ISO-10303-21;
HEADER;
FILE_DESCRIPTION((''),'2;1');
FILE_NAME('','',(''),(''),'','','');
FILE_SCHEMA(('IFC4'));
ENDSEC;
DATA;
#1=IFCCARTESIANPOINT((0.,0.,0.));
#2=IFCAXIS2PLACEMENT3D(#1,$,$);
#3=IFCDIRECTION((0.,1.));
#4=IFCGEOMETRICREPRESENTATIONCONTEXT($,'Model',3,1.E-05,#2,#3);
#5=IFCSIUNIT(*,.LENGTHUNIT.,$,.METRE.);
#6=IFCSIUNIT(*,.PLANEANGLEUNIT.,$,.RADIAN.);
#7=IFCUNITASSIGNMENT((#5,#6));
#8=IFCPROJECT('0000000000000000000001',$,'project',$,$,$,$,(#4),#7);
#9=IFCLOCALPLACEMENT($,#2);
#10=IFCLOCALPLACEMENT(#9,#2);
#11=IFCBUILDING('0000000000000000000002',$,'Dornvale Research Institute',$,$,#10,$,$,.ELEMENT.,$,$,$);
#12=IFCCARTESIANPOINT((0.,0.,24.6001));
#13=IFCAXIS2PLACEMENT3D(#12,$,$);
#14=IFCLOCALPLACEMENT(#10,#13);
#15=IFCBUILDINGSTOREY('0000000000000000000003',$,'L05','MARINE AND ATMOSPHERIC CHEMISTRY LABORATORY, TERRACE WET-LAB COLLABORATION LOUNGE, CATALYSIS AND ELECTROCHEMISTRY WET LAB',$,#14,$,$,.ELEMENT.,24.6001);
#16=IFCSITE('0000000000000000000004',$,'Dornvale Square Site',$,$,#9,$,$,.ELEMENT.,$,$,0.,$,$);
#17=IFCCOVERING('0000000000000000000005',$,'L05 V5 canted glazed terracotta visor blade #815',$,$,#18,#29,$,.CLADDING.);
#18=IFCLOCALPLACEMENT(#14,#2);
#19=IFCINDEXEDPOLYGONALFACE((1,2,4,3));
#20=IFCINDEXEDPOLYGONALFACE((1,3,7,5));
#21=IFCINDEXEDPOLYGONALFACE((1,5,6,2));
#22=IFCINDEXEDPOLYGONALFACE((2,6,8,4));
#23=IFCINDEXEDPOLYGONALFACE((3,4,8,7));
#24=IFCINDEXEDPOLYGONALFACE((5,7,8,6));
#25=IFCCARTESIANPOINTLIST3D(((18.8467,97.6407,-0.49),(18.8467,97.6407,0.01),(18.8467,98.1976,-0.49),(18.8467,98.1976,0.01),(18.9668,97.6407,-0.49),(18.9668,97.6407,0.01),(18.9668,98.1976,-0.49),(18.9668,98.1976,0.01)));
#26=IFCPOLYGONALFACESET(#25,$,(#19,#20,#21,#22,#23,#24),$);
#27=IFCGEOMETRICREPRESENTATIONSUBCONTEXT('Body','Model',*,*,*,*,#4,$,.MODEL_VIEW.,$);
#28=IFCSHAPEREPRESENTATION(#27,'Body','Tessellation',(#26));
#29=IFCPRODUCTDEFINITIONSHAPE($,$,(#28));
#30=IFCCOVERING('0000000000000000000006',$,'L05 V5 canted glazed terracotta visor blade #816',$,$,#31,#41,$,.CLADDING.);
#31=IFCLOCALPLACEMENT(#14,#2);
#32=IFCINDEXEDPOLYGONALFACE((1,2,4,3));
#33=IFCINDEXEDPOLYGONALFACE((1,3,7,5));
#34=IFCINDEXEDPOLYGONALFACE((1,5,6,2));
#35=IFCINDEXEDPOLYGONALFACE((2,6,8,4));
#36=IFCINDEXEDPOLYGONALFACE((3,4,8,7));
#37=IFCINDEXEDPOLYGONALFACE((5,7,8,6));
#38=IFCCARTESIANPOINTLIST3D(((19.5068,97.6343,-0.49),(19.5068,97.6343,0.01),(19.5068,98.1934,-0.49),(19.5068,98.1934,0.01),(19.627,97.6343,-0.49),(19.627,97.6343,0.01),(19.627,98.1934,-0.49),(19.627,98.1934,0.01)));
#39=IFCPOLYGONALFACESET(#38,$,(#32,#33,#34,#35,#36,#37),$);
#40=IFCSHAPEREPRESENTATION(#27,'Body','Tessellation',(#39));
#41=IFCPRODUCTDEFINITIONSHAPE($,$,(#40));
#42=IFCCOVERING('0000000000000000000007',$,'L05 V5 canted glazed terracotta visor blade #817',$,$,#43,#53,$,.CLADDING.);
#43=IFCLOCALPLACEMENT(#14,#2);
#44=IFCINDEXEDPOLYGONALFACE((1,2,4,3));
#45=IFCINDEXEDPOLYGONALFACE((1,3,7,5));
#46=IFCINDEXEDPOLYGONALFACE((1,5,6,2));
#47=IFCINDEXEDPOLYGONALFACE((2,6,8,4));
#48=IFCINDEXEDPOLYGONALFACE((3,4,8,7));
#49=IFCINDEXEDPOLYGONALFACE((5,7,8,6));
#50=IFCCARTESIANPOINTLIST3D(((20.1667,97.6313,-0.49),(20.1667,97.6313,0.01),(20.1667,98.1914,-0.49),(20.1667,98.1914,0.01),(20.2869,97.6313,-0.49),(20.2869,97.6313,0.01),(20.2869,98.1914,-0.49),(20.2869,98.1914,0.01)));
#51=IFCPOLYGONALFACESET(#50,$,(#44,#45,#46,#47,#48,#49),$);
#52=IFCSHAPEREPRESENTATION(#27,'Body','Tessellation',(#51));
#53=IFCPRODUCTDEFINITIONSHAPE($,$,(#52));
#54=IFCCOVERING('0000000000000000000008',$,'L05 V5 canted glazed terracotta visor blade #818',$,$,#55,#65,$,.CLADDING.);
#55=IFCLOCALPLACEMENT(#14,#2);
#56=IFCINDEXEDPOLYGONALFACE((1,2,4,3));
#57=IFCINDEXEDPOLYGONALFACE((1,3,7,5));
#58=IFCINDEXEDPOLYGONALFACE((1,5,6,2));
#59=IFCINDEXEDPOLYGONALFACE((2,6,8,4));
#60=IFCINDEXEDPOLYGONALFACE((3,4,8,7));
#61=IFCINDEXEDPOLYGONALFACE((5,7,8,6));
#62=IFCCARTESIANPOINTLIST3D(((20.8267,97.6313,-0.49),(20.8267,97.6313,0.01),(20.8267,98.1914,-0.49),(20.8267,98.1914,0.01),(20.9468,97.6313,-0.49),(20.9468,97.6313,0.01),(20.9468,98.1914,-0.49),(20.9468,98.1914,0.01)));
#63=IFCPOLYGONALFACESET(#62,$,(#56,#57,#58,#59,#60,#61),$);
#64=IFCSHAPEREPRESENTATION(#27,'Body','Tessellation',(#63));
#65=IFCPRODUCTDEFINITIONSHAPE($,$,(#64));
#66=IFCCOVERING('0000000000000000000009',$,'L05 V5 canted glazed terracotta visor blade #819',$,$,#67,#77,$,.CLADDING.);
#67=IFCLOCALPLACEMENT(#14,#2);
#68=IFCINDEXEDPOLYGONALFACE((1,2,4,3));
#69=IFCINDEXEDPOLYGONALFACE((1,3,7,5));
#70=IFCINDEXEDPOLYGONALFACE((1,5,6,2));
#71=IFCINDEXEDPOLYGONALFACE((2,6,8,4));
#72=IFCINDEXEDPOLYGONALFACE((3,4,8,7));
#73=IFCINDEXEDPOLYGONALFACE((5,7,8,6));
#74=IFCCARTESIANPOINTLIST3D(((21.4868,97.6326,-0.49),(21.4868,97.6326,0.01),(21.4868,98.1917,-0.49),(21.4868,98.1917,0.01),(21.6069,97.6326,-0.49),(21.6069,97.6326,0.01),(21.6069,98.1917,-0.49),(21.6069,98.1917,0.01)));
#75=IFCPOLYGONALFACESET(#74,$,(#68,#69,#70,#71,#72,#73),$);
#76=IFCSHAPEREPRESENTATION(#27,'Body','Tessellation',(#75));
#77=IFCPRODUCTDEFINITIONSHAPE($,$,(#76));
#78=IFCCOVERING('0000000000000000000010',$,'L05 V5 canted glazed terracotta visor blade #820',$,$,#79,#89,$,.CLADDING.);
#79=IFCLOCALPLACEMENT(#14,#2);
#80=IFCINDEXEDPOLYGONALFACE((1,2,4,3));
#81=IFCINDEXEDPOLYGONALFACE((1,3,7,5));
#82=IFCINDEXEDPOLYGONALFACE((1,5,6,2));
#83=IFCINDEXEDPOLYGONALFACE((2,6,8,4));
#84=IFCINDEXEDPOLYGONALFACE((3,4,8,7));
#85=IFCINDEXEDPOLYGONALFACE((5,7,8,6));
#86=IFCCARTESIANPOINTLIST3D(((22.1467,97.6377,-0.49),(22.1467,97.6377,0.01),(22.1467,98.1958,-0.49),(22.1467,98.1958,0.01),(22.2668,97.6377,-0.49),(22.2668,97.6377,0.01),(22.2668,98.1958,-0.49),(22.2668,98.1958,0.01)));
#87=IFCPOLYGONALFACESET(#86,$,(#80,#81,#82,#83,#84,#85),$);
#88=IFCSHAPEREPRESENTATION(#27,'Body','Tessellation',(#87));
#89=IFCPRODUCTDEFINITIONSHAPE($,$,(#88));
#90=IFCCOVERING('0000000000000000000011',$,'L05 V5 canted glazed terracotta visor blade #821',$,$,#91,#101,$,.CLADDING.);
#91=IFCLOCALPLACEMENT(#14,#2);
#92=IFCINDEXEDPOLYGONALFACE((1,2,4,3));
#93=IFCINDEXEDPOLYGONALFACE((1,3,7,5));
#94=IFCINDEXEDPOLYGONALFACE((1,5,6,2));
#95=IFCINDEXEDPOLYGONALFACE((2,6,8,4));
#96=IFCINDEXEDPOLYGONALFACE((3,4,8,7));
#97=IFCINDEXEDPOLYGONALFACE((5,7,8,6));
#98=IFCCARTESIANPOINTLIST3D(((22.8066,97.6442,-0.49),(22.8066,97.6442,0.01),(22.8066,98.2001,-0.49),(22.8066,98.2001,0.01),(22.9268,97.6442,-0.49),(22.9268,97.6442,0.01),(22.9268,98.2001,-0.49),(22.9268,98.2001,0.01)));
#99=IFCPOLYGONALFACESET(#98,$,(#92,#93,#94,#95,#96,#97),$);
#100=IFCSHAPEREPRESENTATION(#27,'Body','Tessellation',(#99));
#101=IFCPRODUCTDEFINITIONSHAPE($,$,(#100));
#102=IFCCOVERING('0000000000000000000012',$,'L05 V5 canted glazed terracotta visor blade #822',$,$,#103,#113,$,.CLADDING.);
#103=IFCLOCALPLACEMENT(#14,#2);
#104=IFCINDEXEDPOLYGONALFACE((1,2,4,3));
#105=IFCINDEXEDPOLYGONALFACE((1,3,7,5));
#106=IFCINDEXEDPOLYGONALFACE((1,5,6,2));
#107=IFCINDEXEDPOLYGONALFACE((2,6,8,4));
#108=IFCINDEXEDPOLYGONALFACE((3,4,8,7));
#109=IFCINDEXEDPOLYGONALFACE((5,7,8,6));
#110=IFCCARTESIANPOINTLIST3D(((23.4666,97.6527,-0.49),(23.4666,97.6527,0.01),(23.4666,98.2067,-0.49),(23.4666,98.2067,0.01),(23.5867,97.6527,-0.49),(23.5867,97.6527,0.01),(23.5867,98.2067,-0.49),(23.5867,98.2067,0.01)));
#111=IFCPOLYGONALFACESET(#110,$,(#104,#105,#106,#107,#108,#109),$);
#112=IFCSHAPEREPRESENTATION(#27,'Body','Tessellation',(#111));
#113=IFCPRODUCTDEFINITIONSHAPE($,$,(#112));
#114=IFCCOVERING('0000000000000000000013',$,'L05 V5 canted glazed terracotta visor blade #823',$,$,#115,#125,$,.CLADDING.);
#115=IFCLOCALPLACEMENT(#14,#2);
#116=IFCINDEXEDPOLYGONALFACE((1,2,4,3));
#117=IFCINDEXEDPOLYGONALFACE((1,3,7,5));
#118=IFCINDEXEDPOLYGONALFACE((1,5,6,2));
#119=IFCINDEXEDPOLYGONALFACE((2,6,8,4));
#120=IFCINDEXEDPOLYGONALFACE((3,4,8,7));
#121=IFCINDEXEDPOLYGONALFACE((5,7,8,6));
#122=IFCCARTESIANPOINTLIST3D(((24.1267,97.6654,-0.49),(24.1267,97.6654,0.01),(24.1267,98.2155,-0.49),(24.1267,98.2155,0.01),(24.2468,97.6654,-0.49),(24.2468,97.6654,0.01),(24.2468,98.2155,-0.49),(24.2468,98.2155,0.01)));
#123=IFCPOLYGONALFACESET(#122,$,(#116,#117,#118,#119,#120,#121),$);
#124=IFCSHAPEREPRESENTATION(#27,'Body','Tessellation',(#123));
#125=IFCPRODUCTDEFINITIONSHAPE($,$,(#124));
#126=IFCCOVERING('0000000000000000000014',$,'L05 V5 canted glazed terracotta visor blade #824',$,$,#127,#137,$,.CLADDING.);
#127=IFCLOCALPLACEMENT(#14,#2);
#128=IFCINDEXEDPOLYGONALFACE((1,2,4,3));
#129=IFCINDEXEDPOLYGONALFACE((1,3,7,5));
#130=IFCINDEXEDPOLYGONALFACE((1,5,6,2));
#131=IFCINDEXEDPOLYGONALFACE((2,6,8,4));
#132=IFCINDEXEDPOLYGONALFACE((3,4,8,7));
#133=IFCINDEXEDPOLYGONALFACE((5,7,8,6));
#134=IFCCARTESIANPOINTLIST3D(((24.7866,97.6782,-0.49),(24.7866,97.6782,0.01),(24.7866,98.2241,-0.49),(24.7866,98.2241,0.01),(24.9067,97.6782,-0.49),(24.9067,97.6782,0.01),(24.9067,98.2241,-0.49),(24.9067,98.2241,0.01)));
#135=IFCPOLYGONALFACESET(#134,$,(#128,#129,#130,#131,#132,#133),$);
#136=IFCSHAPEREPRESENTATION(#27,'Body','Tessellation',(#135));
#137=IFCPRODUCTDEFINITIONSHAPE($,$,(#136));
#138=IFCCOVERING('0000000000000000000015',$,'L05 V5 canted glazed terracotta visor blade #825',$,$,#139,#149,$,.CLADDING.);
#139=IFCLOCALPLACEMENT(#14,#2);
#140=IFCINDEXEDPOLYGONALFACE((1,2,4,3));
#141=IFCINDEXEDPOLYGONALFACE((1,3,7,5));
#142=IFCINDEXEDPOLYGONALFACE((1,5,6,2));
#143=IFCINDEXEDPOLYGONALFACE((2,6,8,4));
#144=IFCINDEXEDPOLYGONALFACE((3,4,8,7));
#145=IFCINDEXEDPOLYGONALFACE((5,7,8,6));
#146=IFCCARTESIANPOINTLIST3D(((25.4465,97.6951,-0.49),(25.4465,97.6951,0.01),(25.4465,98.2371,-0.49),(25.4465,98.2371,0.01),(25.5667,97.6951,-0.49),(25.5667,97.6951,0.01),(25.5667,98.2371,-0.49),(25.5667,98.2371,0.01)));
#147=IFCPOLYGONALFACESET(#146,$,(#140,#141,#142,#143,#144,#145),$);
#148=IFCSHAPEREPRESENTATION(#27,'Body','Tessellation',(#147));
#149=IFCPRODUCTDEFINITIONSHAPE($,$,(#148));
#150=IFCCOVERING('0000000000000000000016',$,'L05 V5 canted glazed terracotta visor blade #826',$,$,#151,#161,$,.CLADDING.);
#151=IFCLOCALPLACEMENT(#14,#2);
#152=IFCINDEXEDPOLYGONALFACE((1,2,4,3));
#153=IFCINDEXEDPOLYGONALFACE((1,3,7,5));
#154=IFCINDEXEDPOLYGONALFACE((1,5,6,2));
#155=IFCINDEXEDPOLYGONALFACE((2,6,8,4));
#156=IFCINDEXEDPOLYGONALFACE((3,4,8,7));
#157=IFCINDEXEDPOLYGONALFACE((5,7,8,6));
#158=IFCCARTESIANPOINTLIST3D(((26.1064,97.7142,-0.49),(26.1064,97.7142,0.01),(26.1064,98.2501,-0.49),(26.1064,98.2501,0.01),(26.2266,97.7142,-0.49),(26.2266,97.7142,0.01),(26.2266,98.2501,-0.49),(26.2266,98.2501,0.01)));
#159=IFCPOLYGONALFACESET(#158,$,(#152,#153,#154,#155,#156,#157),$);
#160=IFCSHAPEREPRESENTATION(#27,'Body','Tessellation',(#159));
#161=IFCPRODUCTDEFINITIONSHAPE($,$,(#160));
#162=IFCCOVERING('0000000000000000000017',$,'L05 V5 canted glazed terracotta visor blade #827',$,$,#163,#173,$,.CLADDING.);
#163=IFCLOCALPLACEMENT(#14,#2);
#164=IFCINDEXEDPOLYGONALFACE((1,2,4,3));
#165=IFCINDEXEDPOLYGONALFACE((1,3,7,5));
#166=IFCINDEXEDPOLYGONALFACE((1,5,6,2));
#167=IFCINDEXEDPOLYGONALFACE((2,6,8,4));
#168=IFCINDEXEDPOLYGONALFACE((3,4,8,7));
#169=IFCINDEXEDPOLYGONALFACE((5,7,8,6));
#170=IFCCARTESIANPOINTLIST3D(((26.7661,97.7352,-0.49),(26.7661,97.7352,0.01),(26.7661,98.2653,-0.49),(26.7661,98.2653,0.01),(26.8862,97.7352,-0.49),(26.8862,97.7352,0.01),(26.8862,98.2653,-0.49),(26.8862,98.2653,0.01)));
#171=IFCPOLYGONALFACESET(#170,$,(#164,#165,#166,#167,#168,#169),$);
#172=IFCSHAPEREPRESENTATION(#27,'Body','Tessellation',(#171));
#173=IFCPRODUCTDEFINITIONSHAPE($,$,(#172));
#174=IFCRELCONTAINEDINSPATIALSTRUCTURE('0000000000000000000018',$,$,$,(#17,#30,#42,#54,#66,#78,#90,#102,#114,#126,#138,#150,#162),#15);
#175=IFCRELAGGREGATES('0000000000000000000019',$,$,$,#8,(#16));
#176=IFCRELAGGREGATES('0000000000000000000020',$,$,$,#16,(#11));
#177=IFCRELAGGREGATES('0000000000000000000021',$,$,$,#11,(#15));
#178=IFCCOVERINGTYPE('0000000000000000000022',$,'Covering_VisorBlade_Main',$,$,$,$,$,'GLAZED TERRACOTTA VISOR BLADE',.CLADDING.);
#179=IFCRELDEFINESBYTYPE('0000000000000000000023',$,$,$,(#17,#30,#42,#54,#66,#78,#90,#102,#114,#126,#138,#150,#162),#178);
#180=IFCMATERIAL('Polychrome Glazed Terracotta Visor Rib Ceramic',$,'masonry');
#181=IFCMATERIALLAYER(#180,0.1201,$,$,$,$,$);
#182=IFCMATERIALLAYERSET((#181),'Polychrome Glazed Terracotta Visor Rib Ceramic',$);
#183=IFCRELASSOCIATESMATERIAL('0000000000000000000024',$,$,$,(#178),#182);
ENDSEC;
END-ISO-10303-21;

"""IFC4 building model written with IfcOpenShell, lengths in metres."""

from ifc_helpers import new_model, si_unit, direction, frame, origin, origin_2d, place, context, subcontext, project, spatial, rectangle, extrude, material, layer, layer_set, type_object, element, save


model = new_model("IFC4")

# Units and contexts
model_context = context("Model", 3, precision=1e-05, world=origin(), true_north=direction((0.0, 1.0)))
body_context = subcontext(model_context, "Body", "Model", "MODEL_VIEW")
ifc_project = project(units=[si_unit("LENGTHUNIT", "METRE"), si_unit("PLANEANGLEUNIT", "RADIAN")], contexts=[model_context])

# Site, building, storey
site_placement = place(None, origin())
site = spatial("IfcSite", under=ifc_project, at=site_placement, Name="Dornvale Square Site", CompositionType="ELEMENT", RefElevation=0.0)
building_placement = place(site_placement, origin())
building = spatial("IfcBuilding", under=site, at=building_placement, Name="Dornvale Research Institute", CompositionType="ELEMENT")
storey_placement = place(building_placement, frame((0.0, 0.0, 24.6001)))
storey = spatial("IfcBuildingStorey", under=building, at=storey_placement, Name="L05", Description="MARINE AND ATMOSPHERIC CHEMISTRY LABORATORY, TERRACE WET-LAB COLLABORATION LOUNGE, CATALYSIS AND ELECTROCHEMISTRY WET LAB", CompositionType="ELEMENT", Elevation=24.6001)

# Coverings
ifc_material_1 = material(Name="Polychrome Glazed Terracotta Visor Rib Ceramic", Category="masonry")
ifc_layer_1 = layer(ifc_material_1, 0.1201)
ifc_layer_set_1 = layer_set([ifc_layer_1], Name="Polychrome Glazed Terracotta Visor Rib Ceramic")
covering_type_1 = type_object("IfcCoveringType", Name="Covering_VisorBlade_Main", ElementType="GLAZED TERRACOTTA VISOR BLADE", PredefinedType="CLADDING", material=ifc_layer_set_1)
covering_1_placement = place(storey_placement, frame((18.9067, 97.9192, -0.49), z_axis=(0.0, 0.0, 1.0), x_axis=(0.0, 1.0, 0.0)))
element("IfcCovering", 1, at=covering_1_placement, inside=storey, type_object=covering_type_1, Name="L05 V5 canted glazed terracotta visor blade #815", PredefinedType="CLADDING", context=body_context, shape_type="SweptSolid", body=[
    extrude(rectangle(XDim=0.5569, YDim=0.1201, at=origin_2d()), origin(), (0.0, 0.0, 1.0), 0.5),
])
covering_2_placement = place(storey_placement, frame((19.5669, 97.9138, -0.49), z_axis=(0.0, 0.0, 1.0), x_axis=(0.0, 1.0, 0.0)))
element("IfcCovering", 2, at=covering_2_placement, inside=storey, type_object=covering_type_1, Name="L05 V5 canted glazed terracotta visor blade #816", PredefinedType="CLADDING", context=body_context, shape_type="SweptSolid", body=[
    extrude(rectangle(XDim=0.5591, YDim=0.1201, at=origin_2d()), origin(), (0.0, 0.0, 1.0), 0.5),
])
for number, where, z_axis, x_axis, name in (
    (3, (20.2268, 97.9114, -0.49), (0.0, 0.0, 1.0), (0.0, 1.0, 0.0), "L05 V5 canted glazed terracotta visor blade #817"),
    (4, (20.8867, 97.9114, -0.49), (0.0, 0.0, 1.0), (0.0, 1.0, 0.0), "L05 V5 canted glazed terracotta visor blade #818"),
):
    element("IfcCovering", number, at=place(storey_placement, frame(where, z_axis=z_axis, x_axis=x_axis)), inside=storey, type_object=covering_type_1, Name=name, PredefinedType="CLADDING", context=body_context, shape_type="SweptSolid", body=[
        extrude(rectangle(XDim=0.5601, YDim=0.1201, at=origin_2d()), origin(), (0.0, 0.0, 1.0), 0.5),
    ])
covering_3_placement = place(storey_placement, frame((21.5469, 97.9121, -0.49), z_axis=(0.0, 0.0, 1.0), x_axis=(0.0, 1.0, 0.0)))
element("IfcCovering", 5, at=covering_3_placement, inside=storey, type_object=covering_type_1, Name="L05 V5 canted glazed terracotta visor blade #819", PredefinedType="CLADDING", context=body_context, shape_type="SweptSolid", body=[
    extrude(rectangle(XDim=0.5591, YDim=0.1201, at=origin_2d()), origin(), (0.0, 0.0, 1.0), 0.5),
])
covering_4_placement = place(storey_placement, frame((22.2068, 97.9167, -0.49), z_axis=(0.0, 0.0, 1.0), x_axis=(0.0, 1.0, 0.0)))
element("IfcCovering", 6, at=covering_4_placement, inside=storey, type_object=covering_type_1, Name="L05 V5 canted glazed terracotta visor blade #820", PredefinedType="CLADDING", context=body_context, shape_type="SweptSolid", body=[
    extrude(rectangle(XDim=0.5581, YDim=0.1201, at=origin_2d()), origin(), (0.0, 0.0, 1.0), 0.5),
])
covering_5_placement = place(storey_placement, frame((22.8667, 97.9221, -0.49), z_axis=(0.0, 0.0, 1.0), x_axis=(0.0, 1.0, 0.0)))
element("IfcCovering", 7, at=covering_5_placement, inside=storey, type_object=covering_type_1, Name="L05 V5 canted glazed terracotta visor blade #821", PredefinedType="CLADDING", context=body_context, shape_type="SweptSolid", body=[
    extrude(rectangle(XDim=0.5559, YDim=0.1201, at=origin_2d()), origin(), (0.0, 0.0, 1.0), 0.5),
])
covering_6_placement = place(storey_placement, frame((23.5266, 97.9297, -0.49), z_axis=(0.0, 0.0, 1.0), x_axis=(0.0, 1.0, 0.0)))
element("IfcCovering", 8, at=covering_6_placement, inside=storey, type_object=covering_type_1, Name="L05 V5 canted glazed terracotta visor blade #822", PredefinedType="CLADDING", context=body_context, shape_type="SweptSolid", body=[
    extrude(rectangle(XDim=0.554, YDim=0.1201, at=origin_2d()), origin(), (0.0, 0.0, 1.0), 0.5),
])
covering_7_placement = place(storey_placement, frame((24.1868, 97.9404, -0.49), z_axis=(0.0, 0.0, 1.0), x_axis=(0.0, 1.0, 0.0)))
element("IfcCovering", 9, at=covering_7_placement, inside=storey, type_object=covering_type_1, Name="L05 V5 canted glazed terracotta visor blade #823", PredefinedType="CLADDING", context=body_context, shape_type="SweptSolid", body=[
    extrude(rectangle(XDim=0.55, YDim=0.1201, at=origin_2d()), origin(), (0.0, 0.0, 1.0), 0.5),
])
covering_8_placement = place(storey_placement, frame((24.8467, 97.9512, -0.49), z_axis=(0.0, 0.0, 1.0), x_axis=(0.0, 1.0, 0.0)))
element("IfcCovering", 10, at=covering_8_placement, inside=storey, type_object=covering_type_1, Name="L05 V5 canted glazed terracotta visor blade #824", PredefinedType="CLADDING", context=body_context, shape_type="SweptSolid", body=[
    extrude(rectangle(XDim=0.5459, YDim=0.1201, at=origin_2d()), origin(), (0.0, 0.0, 1.0), 0.5),
])
covering_9_placement = place(storey_placement, frame((25.5066, 97.9661, -0.49), z_axis=(0.0, 0.0, 1.0), x_axis=(0.0, 1.0, 0.0)))
element("IfcCovering", 11, at=covering_9_placement, inside=storey, type_object=covering_type_1, Name="L05 V5 canted glazed terracotta visor blade #825", PredefinedType="CLADDING", context=body_context, shape_type="SweptSolid", body=[
    extrude(rectangle(XDim=0.542, YDim=0.1201, at=origin_2d()), origin(), (0.0, 0.0, 1.0), 0.5),
])
covering_10_placement = place(storey_placement, frame((26.1665, 97.9822, -0.49), z_axis=(0.0, 0.0, 1.0), x_axis=(0.0, 1.0, 0.0)))
element("IfcCovering", 12, at=covering_10_placement, inside=storey, type_object=covering_type_1, Name="L05 V5 canted glazed terracotta visor blade #826", PredefinedType="CLADDING", context=body_context, shape_type="SweptSolid", body=[
    extrude(rectangle(XDim=0.5359, YDim=0.1201, at=origin_2d()), origin(), (0.0, 0.0, 1.0), 0.5),
])
covering_11_placement = place(storey_placement, frame((26.8262, 98.0002, -0.49), z_axis=(0.0, 0.0, 1.0), x_axis=(0.0, 1.0, 0.0)))
element("IfcCovering", 13, at=covering_11_placement, inside=storey, type_object=covering_type_1, Name="L05 V5 canted glazed terracotta visor blade #827", PredefinedType="CLADDING", context=body_context, shape_type="SweptSolid", body=[
    extrude(rectangle(XDim=0.53, YDim=0.1201, at=origin_2d()), origin(), (0.0, 0.0, 1.0), 0.5),
])

save(model, "model.ifc")
